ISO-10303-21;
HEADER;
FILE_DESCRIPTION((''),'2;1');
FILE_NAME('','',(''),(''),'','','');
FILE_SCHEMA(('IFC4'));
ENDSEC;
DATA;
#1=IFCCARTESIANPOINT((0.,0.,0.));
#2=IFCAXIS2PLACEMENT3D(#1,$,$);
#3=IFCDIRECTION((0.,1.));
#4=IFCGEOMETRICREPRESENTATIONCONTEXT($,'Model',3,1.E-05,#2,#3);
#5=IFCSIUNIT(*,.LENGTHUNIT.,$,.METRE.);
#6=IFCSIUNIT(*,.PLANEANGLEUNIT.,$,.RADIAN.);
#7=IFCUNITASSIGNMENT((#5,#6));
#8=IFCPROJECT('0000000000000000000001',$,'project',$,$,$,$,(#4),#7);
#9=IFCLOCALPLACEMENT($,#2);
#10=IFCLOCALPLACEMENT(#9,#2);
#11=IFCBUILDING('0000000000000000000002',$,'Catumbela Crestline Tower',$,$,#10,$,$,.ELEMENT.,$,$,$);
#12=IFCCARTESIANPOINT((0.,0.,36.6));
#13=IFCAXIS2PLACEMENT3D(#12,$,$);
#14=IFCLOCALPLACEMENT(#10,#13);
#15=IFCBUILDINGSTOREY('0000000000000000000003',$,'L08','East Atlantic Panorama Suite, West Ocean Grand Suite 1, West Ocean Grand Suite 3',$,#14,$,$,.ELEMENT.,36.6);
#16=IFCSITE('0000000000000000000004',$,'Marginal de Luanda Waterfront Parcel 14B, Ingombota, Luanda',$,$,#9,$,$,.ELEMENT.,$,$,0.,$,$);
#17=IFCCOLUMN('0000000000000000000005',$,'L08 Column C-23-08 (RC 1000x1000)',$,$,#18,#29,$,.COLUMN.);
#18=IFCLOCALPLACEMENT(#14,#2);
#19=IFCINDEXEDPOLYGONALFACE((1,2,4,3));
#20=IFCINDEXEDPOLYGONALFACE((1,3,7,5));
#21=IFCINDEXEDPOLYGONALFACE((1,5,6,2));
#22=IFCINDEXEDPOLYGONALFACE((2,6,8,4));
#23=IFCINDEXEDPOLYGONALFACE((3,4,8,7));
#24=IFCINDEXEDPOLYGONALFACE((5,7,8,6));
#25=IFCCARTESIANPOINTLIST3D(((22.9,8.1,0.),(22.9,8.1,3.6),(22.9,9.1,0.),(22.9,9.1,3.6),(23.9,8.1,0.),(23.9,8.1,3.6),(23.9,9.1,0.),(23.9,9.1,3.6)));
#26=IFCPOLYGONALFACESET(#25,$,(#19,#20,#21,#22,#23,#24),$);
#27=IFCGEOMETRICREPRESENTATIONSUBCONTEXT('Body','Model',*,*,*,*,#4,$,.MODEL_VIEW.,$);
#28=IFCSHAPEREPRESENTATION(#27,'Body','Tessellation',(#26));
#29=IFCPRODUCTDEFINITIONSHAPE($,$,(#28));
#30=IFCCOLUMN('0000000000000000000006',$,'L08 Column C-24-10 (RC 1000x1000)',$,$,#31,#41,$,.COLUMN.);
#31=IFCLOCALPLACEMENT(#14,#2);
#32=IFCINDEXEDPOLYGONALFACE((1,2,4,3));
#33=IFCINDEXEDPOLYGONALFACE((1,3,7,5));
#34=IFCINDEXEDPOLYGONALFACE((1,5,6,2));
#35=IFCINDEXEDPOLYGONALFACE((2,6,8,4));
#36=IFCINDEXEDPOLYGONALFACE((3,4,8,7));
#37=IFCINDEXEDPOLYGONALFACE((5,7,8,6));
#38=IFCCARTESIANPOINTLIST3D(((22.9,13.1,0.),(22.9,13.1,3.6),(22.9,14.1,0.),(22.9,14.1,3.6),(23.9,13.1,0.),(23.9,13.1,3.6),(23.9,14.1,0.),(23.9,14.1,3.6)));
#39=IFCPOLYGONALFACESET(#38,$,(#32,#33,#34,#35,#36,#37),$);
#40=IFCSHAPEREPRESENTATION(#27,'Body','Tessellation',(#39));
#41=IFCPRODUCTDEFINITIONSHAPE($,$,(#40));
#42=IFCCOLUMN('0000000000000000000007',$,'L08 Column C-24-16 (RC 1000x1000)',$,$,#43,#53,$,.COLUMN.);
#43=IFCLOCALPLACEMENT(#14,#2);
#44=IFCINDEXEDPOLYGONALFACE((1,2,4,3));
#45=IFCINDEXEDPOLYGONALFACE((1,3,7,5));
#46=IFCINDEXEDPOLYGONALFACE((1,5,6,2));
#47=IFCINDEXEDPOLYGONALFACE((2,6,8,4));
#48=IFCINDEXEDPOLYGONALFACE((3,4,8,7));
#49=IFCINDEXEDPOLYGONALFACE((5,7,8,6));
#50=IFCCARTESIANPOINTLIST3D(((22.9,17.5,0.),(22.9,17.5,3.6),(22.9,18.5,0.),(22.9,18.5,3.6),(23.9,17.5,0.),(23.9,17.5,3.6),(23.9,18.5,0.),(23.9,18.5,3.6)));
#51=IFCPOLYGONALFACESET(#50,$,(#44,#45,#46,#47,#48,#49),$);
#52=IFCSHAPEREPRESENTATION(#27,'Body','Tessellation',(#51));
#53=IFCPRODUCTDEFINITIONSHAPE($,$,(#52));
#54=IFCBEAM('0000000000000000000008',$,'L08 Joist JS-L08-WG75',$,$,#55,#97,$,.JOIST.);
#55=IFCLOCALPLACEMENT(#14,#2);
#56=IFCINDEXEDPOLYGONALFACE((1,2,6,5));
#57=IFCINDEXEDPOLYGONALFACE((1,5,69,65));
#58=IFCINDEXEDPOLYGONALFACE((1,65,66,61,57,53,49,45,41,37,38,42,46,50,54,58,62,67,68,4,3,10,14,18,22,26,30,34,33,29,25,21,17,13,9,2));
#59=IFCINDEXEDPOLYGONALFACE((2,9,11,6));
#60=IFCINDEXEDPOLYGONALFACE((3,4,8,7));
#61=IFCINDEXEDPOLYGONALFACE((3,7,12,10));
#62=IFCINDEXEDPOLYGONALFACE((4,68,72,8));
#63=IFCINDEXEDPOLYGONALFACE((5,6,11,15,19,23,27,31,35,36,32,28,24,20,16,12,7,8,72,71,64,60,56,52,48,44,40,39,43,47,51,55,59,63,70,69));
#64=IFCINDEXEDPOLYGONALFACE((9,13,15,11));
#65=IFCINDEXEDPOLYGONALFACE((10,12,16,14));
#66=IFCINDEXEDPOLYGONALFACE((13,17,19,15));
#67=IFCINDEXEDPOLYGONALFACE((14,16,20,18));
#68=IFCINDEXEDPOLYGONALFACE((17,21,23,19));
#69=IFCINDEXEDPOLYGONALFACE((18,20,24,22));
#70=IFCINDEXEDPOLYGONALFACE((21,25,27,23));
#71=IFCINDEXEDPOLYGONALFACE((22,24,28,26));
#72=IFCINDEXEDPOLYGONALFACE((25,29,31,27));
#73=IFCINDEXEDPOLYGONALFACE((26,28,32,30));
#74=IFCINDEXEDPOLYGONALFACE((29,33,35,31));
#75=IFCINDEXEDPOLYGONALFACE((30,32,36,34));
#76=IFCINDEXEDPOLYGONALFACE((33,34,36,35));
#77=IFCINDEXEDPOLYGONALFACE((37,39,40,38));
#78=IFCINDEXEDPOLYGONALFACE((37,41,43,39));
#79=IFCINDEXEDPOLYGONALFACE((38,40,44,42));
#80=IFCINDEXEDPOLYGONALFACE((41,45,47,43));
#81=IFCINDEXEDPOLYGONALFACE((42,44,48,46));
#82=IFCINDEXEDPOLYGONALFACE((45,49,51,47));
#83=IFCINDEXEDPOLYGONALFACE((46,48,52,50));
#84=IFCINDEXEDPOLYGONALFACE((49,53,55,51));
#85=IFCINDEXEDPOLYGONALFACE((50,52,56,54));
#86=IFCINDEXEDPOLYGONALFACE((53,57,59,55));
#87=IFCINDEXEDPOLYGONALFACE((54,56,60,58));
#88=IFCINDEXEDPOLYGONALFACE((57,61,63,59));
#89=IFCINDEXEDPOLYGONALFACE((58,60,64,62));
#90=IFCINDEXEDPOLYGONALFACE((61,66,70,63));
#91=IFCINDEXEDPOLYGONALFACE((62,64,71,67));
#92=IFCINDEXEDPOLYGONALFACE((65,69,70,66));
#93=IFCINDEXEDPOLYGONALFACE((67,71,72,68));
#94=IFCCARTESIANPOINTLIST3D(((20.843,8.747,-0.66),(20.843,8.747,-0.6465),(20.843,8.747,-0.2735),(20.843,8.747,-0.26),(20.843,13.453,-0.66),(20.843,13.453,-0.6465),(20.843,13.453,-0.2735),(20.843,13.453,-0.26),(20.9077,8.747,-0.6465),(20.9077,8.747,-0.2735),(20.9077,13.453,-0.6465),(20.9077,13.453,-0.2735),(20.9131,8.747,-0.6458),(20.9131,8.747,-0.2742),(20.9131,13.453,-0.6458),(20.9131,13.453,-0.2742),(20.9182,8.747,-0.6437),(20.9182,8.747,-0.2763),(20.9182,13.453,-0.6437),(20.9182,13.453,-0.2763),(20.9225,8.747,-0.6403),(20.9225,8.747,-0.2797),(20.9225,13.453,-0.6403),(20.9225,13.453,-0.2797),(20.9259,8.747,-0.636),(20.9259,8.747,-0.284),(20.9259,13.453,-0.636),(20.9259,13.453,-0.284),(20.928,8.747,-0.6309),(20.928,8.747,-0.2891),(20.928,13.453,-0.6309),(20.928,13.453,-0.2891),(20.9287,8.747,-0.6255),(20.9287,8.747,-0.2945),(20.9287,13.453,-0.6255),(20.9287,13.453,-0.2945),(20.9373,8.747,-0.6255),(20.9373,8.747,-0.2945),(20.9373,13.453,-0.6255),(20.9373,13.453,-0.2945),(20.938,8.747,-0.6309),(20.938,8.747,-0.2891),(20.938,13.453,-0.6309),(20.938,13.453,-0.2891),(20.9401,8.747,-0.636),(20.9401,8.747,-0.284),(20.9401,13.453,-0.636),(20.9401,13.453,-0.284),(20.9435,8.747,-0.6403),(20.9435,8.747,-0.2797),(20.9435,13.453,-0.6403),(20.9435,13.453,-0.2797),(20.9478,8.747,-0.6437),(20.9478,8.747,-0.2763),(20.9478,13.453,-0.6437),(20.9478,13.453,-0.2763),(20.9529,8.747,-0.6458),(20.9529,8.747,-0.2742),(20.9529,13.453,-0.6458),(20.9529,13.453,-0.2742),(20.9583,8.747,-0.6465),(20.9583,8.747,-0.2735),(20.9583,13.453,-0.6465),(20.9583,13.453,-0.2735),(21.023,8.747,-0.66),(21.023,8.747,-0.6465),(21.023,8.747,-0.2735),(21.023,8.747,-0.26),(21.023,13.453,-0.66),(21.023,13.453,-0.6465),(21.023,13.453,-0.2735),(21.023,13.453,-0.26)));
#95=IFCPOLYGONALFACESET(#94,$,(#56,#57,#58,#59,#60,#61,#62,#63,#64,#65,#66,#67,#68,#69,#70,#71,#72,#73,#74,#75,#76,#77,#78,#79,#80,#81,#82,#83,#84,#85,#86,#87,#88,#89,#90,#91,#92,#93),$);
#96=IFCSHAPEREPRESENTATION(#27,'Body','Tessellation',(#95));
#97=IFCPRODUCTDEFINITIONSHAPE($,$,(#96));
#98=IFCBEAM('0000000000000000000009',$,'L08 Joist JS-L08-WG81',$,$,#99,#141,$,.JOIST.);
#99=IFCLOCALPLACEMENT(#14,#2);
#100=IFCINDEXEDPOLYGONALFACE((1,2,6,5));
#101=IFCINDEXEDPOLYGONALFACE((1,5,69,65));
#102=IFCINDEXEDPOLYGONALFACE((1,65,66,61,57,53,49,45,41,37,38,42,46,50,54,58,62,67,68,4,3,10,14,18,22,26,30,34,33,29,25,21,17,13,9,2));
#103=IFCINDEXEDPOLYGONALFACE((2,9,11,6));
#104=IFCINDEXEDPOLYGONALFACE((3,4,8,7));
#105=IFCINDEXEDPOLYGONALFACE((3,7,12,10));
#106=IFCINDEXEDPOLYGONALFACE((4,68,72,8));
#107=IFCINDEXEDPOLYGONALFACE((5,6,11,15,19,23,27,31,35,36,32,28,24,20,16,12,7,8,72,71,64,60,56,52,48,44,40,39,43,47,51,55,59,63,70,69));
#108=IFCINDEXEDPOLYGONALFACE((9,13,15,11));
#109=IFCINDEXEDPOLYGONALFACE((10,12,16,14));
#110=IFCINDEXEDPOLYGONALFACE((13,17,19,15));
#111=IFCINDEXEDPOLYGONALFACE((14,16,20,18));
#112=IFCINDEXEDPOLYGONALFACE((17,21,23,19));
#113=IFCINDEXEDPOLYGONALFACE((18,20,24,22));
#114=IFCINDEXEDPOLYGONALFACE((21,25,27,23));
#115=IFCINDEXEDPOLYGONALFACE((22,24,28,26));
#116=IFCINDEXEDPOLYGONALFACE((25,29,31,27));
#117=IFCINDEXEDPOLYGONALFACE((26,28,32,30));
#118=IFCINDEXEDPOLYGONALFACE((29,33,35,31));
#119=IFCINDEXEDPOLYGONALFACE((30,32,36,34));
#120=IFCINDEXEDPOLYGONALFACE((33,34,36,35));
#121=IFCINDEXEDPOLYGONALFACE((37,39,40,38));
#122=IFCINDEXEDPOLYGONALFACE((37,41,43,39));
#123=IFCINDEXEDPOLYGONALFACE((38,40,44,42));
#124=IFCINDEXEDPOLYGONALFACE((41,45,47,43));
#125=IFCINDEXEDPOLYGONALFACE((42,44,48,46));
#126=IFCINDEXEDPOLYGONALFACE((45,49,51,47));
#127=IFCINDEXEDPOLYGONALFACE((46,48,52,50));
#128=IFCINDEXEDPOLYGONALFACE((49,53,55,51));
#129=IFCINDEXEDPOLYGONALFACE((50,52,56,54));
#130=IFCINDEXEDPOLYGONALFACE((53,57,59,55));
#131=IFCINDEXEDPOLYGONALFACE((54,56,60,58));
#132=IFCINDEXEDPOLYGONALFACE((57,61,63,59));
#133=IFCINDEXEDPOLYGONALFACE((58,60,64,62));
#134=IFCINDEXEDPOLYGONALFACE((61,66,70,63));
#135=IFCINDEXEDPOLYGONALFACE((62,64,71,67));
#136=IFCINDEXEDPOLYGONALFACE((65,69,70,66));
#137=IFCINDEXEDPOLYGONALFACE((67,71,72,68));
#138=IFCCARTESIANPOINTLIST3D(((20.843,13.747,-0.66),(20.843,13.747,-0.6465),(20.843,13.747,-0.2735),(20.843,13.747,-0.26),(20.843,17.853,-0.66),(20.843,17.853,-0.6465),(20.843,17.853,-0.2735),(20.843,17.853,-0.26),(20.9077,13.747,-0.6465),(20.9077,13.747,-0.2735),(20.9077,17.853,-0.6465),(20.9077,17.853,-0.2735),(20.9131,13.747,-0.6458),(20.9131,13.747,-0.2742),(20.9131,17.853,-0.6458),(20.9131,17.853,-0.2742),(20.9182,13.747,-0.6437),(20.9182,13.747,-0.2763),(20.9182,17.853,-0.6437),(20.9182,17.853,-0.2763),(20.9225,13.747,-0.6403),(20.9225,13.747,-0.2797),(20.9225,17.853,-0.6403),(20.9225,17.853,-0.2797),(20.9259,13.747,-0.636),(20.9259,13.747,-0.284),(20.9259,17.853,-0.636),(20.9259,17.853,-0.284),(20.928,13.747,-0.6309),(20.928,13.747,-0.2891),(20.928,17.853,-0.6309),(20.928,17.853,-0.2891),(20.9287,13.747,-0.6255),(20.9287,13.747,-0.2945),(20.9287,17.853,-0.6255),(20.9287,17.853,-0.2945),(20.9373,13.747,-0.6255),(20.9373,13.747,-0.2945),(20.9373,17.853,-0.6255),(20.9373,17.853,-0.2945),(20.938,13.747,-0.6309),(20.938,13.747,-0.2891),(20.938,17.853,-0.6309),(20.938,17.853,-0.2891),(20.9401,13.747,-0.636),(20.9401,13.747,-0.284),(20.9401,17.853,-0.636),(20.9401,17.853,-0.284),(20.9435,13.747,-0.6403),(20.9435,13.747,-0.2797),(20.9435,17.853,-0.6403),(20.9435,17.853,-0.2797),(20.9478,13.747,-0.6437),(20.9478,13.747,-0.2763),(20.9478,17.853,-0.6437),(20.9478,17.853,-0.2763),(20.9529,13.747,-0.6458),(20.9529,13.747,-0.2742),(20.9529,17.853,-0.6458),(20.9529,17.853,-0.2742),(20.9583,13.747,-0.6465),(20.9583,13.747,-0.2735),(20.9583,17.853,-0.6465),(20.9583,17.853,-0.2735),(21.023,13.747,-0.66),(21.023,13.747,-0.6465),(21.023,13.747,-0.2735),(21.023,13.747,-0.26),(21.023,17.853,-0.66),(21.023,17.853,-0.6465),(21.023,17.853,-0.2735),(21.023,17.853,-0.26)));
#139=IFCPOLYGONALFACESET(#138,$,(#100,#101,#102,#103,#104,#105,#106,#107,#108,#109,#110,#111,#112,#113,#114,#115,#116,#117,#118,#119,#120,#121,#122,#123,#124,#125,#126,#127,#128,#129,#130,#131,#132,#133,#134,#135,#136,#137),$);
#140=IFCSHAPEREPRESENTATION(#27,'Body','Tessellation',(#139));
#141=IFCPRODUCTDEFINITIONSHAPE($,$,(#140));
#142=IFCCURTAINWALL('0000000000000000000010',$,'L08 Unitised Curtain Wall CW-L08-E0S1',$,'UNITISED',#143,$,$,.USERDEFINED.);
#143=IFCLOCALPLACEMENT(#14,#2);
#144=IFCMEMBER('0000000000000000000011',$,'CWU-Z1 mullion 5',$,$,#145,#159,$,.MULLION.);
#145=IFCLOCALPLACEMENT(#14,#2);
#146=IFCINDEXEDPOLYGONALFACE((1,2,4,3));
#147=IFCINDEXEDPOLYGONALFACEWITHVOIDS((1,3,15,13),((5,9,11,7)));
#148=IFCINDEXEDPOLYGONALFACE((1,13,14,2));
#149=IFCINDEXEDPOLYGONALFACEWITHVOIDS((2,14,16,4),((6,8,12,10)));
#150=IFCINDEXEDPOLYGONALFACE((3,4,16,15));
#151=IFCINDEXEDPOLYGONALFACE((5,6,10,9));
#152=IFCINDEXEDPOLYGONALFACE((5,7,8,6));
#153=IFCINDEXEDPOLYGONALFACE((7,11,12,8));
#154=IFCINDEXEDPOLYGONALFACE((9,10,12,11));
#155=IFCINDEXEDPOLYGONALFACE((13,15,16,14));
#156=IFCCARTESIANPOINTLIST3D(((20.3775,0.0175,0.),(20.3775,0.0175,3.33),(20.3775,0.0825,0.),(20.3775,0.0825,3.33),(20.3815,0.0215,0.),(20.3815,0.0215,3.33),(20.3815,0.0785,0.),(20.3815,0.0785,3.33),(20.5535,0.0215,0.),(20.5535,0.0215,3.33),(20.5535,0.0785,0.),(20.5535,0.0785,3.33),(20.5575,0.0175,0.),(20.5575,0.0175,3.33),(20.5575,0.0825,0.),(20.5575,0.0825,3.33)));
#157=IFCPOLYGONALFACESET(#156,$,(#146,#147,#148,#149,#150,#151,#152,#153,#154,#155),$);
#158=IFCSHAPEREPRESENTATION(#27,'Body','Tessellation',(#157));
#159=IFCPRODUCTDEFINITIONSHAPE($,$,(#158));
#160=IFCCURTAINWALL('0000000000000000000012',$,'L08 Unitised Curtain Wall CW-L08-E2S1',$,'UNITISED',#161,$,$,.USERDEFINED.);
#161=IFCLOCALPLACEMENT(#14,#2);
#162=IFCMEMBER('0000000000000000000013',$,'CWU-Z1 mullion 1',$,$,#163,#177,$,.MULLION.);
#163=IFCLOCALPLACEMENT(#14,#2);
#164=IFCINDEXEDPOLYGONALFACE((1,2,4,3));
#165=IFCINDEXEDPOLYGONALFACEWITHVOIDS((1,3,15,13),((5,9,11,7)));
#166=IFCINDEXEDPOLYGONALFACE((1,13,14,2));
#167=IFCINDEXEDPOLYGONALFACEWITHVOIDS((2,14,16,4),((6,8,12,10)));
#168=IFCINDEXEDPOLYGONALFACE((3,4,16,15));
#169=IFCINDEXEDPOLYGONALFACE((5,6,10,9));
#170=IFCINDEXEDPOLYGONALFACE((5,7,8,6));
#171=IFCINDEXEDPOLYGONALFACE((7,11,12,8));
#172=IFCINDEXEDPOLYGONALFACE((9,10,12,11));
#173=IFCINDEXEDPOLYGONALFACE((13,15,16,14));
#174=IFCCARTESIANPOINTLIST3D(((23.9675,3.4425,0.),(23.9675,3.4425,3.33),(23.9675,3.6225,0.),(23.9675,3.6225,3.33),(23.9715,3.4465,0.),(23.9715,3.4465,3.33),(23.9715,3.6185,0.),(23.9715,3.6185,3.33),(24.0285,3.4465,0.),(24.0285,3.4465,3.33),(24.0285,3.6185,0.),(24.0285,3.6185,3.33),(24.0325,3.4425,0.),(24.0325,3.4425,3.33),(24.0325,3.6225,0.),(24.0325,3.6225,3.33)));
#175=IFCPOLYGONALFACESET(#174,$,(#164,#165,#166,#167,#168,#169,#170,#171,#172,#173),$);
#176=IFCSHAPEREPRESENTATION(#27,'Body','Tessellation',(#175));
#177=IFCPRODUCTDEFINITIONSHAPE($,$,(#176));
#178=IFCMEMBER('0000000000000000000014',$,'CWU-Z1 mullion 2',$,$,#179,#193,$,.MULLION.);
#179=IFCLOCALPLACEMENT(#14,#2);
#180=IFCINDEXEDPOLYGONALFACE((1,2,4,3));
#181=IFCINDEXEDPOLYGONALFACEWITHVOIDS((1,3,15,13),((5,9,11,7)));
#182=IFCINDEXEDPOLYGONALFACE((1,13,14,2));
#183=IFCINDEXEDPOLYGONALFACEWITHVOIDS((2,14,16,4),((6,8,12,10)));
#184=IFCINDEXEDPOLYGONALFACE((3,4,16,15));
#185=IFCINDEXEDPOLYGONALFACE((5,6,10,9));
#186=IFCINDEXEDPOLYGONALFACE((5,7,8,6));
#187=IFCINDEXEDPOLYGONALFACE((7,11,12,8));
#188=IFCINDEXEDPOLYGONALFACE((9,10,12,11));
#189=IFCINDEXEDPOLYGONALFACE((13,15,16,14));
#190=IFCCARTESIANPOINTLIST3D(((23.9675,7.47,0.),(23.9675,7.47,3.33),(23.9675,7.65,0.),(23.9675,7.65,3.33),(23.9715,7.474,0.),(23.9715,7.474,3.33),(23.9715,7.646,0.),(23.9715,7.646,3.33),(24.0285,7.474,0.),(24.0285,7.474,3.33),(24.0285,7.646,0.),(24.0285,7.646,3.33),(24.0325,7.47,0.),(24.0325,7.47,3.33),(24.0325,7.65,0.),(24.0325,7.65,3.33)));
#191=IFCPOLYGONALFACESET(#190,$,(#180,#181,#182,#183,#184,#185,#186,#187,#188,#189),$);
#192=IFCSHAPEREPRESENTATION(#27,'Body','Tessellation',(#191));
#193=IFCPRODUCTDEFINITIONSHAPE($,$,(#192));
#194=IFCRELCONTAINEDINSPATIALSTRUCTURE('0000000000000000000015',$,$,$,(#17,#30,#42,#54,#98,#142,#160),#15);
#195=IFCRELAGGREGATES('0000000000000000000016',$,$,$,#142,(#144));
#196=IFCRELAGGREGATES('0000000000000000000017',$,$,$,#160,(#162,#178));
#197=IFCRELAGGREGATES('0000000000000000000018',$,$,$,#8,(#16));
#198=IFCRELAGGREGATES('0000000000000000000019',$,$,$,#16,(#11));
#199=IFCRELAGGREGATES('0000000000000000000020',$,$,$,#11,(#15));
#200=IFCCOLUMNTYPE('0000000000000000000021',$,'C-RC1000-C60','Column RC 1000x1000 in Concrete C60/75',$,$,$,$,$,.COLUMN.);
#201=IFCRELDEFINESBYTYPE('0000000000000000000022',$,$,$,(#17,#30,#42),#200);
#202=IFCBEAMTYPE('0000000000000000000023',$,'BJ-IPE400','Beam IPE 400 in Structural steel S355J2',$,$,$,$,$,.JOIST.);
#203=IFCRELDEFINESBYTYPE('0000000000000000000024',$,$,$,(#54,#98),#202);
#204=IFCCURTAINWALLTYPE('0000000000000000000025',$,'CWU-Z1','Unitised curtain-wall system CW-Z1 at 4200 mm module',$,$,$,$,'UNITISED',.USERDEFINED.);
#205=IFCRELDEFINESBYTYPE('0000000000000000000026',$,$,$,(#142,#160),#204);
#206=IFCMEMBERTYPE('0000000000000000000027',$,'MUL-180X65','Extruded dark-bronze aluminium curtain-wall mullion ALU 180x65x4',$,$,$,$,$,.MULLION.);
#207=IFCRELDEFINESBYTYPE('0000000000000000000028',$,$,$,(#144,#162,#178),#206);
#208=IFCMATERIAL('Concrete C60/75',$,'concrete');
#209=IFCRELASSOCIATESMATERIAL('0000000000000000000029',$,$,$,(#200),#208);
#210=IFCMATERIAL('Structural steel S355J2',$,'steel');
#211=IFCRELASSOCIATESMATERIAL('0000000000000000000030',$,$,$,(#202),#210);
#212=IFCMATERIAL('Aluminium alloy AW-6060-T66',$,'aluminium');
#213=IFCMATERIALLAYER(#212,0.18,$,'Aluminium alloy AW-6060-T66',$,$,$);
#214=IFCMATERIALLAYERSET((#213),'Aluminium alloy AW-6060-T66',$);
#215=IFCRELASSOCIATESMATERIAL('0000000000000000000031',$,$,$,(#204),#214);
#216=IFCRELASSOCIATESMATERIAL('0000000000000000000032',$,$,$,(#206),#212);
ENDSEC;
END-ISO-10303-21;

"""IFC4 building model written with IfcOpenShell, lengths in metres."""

from ifc_helpers import new_model, si_unit, direction, frame, origin, origin_2d, place, context, subcontext, project, spatial, rectangle, hollow_rectangle, i_section, extrude, material, layer, layer_set, material_profile, profile_set, type_object, element, aggregate, save


model = new_model("IFC4")

# Units and contexts
model_context = context("Model", 3, precision=1e-05, world=origin(), true_north=direction((0.0, 1.0)))
body_context = subcontext(model_context, "Body", "Model", "MODEL_VIEW")
ifc_project = project(units=[si_unit("LENGTHUNIT", "METRE"), si_unit("PLANEANGLEUNIT", "RADIAN")], contexts=[model_context])

# Site, building, storey
site_placement = place(None, origin())
site = spatial("IfcSite", under=ifc_project, at=site_placement, Name="Marginal de Luanda Waterfront Parcel 14B, Ingombota, Luanda", CompositionType="ELEMENT", RefElevation=0.0)
building_placement = place(site_placement, origin())
building = spatial("IfcBuilding", under=site, at=building_placement, Name="Catumbela Crestline Tower", CompositionType="ELEMENT")
storey_placement = place(building_placement, frame((0.0, 0.0, 36.6)))
storey = spatial("IfcBuildingStorey", under=building, at=storey_placement, Name="L08", Description="East Atlantic Panorama Suite, West Ocean Grand Suite 1, West Ocean Grand Suite 3", CompositionType="ELEMENT", Elevation=36.6)

# Columns
ifc_material_1 = material(Name="Concrete C60/75", Category="concrete")
ifc_material_profile_1 = material_profile(ifc_material_1, rectangle(XDim=1.0, YDim=1.0, at=origin_2d()), Name="RC 1000x1000")
ifc_profile_set_1 = profile_set([ifc_material_profile_1], Name="Concrete C60/75")
column_type = type_object("IfcColumnType", Name="C-RC1000-C60", Description="Column RC 1000x1000 in Concrete C60/75", PredefinedType="COLUMN", material=ifc_profile_set_1)
for number, where, z_axis, x_axis, name in (
    (1, (23.4, 8.6, 0.0), (0.0, 0.0, 1.0), (1.0, 0.0, 0.0), "L08 Column C-23-08 (RC 1000x1000)"),
    (2, (23.4, 13.6, 0.0), (0.0, 0.0, 1.0), (1.0, 0.0, 0.0), "L08 Column C-24-10 (RC 1000x1000)"),
    (3, (23.4, 18.0, 0.0), (0.0, 0.0, 1.0), (1.0, 0.0, 0.0), "L08 Column C-24-16 (RC 1000x1000)"),
):
    element("IfcColumn", number, at=place(storey_placement, frame(where, z_axis=z_axis, x_axis=x_axis)), inside=storey, type_object=column_type, Name=name, PredefinedType="COLUMN", context=body_context, shape_type="SweptSolid", body=[
        extrude(rectangle(XDim=1.0, YDim=1.0, at=origin_2d()), origin(), (0.0, 0.0, 1.0), 3.6),
    ])

# Beams
ifc_material_2 = material(Name="Structural steel S355J2", Category="steel")
ifc_material_profile_2 = material_profile(ifc_material_2, i_section(OverallWidth=0.18, OverallDepth=0.4, WebThickness=0.0086, FlangeThickness=0.0135, FilletRadius=0.021, at=origin_2d()), Name="IPE 400")
ifc_profile_set_2 = profile_set([ifc_material_profile_2], Name="Structural steel S355J2")
beam_type_1 = type_object("IfcBeamType", Name="BJ-IPE400", Description="Beam IPE 400 in Structural steel S355J2", PredefinedType="JOIST", material=ifc_profile_set_2)
beam_1_placement = place(storey_placement, frame((20.933, 8.747, -0.46), z_axis=(0.0, 1.0, 0.0), x_axis=(-1.0, 0.0, 0.0)))
element("IfcBeam", 4, at=beam_1_placement, inside=storey, type_object=beam_type_1, Name="L08 Joist JS-L08-WG75", PredefinedType="JOIST", context=body_context, shape_type="SweptSolid", body=[
    extrude(i_section(OverallWidth=0.18, OverallDepth=0.4, WebThickness=0.0086, FlangeThickness=0.0135, FilletRadius=0.021, at=origin_2d()), origin(), (0.0, 0.0, 1.0), 4.706),
])
beam_2_placement = place(storey_placement, frame((20.933, 13.747, -0.46), z_axis=(0.0, 1.0, 0.0), x_axis=(-1.0, 0.0, 0.0)))
element("IfcBeam", 5, at=beam_2_placement, inside=storey, type_object=beam_type_1, Name="L08 Joist JS-L08-WG81", PredefinedType="JOIST", context=body_context, shape_type="SweptSolid", body=[
    extrude(i_section(OverallWidth=0.18, OverallDepth=0.4, WebThickness=0.0086, FlangeThickness=0.0135, FilletRadius=0.021, at=origin_2d()), origin(), (0.0, 0.0, 1.0), 4.106),
])

# Curtain wall, member
ifc_material_3 = material(Name="Aluminium alloy AW-6060-T66", Category="aluminium")
ifc_layer_1 = layer(ifc_material_3, 0.18, Name="Aluminium alloy AW-6060-T66")
ifc_layer_set_1 = layer_set([ifc_layer_1], Name="Aluminium alloy AW-6060-T66")
curtain_wall_type = type_object("IfcCurtainWallType", Name="CWU-Z1", Description="Unitised curtain-wall system CW-Z1 at 4200 mm module", ElementType="UNITISED", PredefinedType="USERDEFINED", material=ifc_layer_set_1)
curtain_wall_1_placement = place(storey_placement, origin())
curtain_wall_1 = element("IfcCurtainWall", 6, at=curtain_wall_1_placement, inside=storey, type_object=curtain_wall_type, Name="L08 Unitised Curtain Wall CW-L08-E0S1", ObjectType="UNITISED", PredefinedType="USERDEFINED")
ifc_material_profile_3 = material_profile(ifc_material_3, hollow_rectangle(XDim=0.065, YDim=0.18, WallThickness=0.004, at=origin_2d()), Name="ALU 180x65x4")
ifc_profile_set_3 = profile_set([ifc_material_profile_3], Name="Aluminium alloy AW-6060-T66")
member_type_1 = type_object("IfcMemberType", Name="MUL-180X65", Description="Extruded dark-bronze aluminium curtain-wall mullion ALU 180x65x4", PredefinedType="MULLION", material=ifc_profile_set_3)
member_1_placement = place(storey_placement, frame((20.4675, 0.05, 0.0), z_axis=(0.0, 0.0, 1.0), x_axis=(0.0, 1.0, 0.0)))
member_1 = element("IfcMember", 7, at=member_1_placement, type_object=member_type_1, Name="CWU-Z1 mullion 5", PredefinedType="MULLION", context=body_context, shape_type="SweptSolid", body=[
    extrude(hollow_rectangle(XDim=0.065, YDim=0.18, WallThickness=0.004, at=origin_2d()), origin(), (0.0, 0.0, 1.0), 3.33),
])
aggregate(curtain_wall_1, [member_1])

# Curtain wall, members
curtain_wall_2_placement = place(storey_placement, origin())
curtain_wall_2 = element("IfcCurtainWall", 8, at=curtain_wall_2_placement, inside=storey, type_object=curtain_wall_type, Name="L08 Unitised Curtain Wall CW-L08-E2S1", ObjectType="UNITISED", PredefinedType="USERDEFINED")
member_2_placement = place(storey_placement, frame((24.0, 3.5325, 0.0), z_axis=(0.0, 0.0, 1.0), x_axis=(-1.0, 0.0, 0.0)))
member_2 = element("IfcMember", 9, at=member_2_placement, type_object=member_type_1, Name="CWU-Z1 mullion 1", PredefinedType="MULLION", context=body_context, shape_type="SweptSolid", body=[
    extrude(hollow_rectangle(XDim=0.065, YDim=0.18, WallThickness=0.004, at=origin_2d()), origin(), (0.0, 0.0, 1.0), 3.33),
])
member_3_placement = place(storey_placement, frame((24.0, 7.56, 0.0), z_axis=(0.0, 0.0, 1.0), x_axis=(-1.0, 0.0, 0.0)))
member_3 = element("IfcMember", 10, at=member_3_placement, type_object=member_type_1, Name="CWU-Z1 mullion 2", PredefinedType="MULLION", context=body_context, shape_type="SweptSolid", body=[
    extrude(hollow_rectangle(XDim=0.065, YDim=0.18, WallThickness=0.004, at=origin_2d()), origin(), (0.0, 0.0, 1.0), 3.33),
])

aggregate(curtain_wall_2, [member_2, member_3])

save(model, "model.ifc")
